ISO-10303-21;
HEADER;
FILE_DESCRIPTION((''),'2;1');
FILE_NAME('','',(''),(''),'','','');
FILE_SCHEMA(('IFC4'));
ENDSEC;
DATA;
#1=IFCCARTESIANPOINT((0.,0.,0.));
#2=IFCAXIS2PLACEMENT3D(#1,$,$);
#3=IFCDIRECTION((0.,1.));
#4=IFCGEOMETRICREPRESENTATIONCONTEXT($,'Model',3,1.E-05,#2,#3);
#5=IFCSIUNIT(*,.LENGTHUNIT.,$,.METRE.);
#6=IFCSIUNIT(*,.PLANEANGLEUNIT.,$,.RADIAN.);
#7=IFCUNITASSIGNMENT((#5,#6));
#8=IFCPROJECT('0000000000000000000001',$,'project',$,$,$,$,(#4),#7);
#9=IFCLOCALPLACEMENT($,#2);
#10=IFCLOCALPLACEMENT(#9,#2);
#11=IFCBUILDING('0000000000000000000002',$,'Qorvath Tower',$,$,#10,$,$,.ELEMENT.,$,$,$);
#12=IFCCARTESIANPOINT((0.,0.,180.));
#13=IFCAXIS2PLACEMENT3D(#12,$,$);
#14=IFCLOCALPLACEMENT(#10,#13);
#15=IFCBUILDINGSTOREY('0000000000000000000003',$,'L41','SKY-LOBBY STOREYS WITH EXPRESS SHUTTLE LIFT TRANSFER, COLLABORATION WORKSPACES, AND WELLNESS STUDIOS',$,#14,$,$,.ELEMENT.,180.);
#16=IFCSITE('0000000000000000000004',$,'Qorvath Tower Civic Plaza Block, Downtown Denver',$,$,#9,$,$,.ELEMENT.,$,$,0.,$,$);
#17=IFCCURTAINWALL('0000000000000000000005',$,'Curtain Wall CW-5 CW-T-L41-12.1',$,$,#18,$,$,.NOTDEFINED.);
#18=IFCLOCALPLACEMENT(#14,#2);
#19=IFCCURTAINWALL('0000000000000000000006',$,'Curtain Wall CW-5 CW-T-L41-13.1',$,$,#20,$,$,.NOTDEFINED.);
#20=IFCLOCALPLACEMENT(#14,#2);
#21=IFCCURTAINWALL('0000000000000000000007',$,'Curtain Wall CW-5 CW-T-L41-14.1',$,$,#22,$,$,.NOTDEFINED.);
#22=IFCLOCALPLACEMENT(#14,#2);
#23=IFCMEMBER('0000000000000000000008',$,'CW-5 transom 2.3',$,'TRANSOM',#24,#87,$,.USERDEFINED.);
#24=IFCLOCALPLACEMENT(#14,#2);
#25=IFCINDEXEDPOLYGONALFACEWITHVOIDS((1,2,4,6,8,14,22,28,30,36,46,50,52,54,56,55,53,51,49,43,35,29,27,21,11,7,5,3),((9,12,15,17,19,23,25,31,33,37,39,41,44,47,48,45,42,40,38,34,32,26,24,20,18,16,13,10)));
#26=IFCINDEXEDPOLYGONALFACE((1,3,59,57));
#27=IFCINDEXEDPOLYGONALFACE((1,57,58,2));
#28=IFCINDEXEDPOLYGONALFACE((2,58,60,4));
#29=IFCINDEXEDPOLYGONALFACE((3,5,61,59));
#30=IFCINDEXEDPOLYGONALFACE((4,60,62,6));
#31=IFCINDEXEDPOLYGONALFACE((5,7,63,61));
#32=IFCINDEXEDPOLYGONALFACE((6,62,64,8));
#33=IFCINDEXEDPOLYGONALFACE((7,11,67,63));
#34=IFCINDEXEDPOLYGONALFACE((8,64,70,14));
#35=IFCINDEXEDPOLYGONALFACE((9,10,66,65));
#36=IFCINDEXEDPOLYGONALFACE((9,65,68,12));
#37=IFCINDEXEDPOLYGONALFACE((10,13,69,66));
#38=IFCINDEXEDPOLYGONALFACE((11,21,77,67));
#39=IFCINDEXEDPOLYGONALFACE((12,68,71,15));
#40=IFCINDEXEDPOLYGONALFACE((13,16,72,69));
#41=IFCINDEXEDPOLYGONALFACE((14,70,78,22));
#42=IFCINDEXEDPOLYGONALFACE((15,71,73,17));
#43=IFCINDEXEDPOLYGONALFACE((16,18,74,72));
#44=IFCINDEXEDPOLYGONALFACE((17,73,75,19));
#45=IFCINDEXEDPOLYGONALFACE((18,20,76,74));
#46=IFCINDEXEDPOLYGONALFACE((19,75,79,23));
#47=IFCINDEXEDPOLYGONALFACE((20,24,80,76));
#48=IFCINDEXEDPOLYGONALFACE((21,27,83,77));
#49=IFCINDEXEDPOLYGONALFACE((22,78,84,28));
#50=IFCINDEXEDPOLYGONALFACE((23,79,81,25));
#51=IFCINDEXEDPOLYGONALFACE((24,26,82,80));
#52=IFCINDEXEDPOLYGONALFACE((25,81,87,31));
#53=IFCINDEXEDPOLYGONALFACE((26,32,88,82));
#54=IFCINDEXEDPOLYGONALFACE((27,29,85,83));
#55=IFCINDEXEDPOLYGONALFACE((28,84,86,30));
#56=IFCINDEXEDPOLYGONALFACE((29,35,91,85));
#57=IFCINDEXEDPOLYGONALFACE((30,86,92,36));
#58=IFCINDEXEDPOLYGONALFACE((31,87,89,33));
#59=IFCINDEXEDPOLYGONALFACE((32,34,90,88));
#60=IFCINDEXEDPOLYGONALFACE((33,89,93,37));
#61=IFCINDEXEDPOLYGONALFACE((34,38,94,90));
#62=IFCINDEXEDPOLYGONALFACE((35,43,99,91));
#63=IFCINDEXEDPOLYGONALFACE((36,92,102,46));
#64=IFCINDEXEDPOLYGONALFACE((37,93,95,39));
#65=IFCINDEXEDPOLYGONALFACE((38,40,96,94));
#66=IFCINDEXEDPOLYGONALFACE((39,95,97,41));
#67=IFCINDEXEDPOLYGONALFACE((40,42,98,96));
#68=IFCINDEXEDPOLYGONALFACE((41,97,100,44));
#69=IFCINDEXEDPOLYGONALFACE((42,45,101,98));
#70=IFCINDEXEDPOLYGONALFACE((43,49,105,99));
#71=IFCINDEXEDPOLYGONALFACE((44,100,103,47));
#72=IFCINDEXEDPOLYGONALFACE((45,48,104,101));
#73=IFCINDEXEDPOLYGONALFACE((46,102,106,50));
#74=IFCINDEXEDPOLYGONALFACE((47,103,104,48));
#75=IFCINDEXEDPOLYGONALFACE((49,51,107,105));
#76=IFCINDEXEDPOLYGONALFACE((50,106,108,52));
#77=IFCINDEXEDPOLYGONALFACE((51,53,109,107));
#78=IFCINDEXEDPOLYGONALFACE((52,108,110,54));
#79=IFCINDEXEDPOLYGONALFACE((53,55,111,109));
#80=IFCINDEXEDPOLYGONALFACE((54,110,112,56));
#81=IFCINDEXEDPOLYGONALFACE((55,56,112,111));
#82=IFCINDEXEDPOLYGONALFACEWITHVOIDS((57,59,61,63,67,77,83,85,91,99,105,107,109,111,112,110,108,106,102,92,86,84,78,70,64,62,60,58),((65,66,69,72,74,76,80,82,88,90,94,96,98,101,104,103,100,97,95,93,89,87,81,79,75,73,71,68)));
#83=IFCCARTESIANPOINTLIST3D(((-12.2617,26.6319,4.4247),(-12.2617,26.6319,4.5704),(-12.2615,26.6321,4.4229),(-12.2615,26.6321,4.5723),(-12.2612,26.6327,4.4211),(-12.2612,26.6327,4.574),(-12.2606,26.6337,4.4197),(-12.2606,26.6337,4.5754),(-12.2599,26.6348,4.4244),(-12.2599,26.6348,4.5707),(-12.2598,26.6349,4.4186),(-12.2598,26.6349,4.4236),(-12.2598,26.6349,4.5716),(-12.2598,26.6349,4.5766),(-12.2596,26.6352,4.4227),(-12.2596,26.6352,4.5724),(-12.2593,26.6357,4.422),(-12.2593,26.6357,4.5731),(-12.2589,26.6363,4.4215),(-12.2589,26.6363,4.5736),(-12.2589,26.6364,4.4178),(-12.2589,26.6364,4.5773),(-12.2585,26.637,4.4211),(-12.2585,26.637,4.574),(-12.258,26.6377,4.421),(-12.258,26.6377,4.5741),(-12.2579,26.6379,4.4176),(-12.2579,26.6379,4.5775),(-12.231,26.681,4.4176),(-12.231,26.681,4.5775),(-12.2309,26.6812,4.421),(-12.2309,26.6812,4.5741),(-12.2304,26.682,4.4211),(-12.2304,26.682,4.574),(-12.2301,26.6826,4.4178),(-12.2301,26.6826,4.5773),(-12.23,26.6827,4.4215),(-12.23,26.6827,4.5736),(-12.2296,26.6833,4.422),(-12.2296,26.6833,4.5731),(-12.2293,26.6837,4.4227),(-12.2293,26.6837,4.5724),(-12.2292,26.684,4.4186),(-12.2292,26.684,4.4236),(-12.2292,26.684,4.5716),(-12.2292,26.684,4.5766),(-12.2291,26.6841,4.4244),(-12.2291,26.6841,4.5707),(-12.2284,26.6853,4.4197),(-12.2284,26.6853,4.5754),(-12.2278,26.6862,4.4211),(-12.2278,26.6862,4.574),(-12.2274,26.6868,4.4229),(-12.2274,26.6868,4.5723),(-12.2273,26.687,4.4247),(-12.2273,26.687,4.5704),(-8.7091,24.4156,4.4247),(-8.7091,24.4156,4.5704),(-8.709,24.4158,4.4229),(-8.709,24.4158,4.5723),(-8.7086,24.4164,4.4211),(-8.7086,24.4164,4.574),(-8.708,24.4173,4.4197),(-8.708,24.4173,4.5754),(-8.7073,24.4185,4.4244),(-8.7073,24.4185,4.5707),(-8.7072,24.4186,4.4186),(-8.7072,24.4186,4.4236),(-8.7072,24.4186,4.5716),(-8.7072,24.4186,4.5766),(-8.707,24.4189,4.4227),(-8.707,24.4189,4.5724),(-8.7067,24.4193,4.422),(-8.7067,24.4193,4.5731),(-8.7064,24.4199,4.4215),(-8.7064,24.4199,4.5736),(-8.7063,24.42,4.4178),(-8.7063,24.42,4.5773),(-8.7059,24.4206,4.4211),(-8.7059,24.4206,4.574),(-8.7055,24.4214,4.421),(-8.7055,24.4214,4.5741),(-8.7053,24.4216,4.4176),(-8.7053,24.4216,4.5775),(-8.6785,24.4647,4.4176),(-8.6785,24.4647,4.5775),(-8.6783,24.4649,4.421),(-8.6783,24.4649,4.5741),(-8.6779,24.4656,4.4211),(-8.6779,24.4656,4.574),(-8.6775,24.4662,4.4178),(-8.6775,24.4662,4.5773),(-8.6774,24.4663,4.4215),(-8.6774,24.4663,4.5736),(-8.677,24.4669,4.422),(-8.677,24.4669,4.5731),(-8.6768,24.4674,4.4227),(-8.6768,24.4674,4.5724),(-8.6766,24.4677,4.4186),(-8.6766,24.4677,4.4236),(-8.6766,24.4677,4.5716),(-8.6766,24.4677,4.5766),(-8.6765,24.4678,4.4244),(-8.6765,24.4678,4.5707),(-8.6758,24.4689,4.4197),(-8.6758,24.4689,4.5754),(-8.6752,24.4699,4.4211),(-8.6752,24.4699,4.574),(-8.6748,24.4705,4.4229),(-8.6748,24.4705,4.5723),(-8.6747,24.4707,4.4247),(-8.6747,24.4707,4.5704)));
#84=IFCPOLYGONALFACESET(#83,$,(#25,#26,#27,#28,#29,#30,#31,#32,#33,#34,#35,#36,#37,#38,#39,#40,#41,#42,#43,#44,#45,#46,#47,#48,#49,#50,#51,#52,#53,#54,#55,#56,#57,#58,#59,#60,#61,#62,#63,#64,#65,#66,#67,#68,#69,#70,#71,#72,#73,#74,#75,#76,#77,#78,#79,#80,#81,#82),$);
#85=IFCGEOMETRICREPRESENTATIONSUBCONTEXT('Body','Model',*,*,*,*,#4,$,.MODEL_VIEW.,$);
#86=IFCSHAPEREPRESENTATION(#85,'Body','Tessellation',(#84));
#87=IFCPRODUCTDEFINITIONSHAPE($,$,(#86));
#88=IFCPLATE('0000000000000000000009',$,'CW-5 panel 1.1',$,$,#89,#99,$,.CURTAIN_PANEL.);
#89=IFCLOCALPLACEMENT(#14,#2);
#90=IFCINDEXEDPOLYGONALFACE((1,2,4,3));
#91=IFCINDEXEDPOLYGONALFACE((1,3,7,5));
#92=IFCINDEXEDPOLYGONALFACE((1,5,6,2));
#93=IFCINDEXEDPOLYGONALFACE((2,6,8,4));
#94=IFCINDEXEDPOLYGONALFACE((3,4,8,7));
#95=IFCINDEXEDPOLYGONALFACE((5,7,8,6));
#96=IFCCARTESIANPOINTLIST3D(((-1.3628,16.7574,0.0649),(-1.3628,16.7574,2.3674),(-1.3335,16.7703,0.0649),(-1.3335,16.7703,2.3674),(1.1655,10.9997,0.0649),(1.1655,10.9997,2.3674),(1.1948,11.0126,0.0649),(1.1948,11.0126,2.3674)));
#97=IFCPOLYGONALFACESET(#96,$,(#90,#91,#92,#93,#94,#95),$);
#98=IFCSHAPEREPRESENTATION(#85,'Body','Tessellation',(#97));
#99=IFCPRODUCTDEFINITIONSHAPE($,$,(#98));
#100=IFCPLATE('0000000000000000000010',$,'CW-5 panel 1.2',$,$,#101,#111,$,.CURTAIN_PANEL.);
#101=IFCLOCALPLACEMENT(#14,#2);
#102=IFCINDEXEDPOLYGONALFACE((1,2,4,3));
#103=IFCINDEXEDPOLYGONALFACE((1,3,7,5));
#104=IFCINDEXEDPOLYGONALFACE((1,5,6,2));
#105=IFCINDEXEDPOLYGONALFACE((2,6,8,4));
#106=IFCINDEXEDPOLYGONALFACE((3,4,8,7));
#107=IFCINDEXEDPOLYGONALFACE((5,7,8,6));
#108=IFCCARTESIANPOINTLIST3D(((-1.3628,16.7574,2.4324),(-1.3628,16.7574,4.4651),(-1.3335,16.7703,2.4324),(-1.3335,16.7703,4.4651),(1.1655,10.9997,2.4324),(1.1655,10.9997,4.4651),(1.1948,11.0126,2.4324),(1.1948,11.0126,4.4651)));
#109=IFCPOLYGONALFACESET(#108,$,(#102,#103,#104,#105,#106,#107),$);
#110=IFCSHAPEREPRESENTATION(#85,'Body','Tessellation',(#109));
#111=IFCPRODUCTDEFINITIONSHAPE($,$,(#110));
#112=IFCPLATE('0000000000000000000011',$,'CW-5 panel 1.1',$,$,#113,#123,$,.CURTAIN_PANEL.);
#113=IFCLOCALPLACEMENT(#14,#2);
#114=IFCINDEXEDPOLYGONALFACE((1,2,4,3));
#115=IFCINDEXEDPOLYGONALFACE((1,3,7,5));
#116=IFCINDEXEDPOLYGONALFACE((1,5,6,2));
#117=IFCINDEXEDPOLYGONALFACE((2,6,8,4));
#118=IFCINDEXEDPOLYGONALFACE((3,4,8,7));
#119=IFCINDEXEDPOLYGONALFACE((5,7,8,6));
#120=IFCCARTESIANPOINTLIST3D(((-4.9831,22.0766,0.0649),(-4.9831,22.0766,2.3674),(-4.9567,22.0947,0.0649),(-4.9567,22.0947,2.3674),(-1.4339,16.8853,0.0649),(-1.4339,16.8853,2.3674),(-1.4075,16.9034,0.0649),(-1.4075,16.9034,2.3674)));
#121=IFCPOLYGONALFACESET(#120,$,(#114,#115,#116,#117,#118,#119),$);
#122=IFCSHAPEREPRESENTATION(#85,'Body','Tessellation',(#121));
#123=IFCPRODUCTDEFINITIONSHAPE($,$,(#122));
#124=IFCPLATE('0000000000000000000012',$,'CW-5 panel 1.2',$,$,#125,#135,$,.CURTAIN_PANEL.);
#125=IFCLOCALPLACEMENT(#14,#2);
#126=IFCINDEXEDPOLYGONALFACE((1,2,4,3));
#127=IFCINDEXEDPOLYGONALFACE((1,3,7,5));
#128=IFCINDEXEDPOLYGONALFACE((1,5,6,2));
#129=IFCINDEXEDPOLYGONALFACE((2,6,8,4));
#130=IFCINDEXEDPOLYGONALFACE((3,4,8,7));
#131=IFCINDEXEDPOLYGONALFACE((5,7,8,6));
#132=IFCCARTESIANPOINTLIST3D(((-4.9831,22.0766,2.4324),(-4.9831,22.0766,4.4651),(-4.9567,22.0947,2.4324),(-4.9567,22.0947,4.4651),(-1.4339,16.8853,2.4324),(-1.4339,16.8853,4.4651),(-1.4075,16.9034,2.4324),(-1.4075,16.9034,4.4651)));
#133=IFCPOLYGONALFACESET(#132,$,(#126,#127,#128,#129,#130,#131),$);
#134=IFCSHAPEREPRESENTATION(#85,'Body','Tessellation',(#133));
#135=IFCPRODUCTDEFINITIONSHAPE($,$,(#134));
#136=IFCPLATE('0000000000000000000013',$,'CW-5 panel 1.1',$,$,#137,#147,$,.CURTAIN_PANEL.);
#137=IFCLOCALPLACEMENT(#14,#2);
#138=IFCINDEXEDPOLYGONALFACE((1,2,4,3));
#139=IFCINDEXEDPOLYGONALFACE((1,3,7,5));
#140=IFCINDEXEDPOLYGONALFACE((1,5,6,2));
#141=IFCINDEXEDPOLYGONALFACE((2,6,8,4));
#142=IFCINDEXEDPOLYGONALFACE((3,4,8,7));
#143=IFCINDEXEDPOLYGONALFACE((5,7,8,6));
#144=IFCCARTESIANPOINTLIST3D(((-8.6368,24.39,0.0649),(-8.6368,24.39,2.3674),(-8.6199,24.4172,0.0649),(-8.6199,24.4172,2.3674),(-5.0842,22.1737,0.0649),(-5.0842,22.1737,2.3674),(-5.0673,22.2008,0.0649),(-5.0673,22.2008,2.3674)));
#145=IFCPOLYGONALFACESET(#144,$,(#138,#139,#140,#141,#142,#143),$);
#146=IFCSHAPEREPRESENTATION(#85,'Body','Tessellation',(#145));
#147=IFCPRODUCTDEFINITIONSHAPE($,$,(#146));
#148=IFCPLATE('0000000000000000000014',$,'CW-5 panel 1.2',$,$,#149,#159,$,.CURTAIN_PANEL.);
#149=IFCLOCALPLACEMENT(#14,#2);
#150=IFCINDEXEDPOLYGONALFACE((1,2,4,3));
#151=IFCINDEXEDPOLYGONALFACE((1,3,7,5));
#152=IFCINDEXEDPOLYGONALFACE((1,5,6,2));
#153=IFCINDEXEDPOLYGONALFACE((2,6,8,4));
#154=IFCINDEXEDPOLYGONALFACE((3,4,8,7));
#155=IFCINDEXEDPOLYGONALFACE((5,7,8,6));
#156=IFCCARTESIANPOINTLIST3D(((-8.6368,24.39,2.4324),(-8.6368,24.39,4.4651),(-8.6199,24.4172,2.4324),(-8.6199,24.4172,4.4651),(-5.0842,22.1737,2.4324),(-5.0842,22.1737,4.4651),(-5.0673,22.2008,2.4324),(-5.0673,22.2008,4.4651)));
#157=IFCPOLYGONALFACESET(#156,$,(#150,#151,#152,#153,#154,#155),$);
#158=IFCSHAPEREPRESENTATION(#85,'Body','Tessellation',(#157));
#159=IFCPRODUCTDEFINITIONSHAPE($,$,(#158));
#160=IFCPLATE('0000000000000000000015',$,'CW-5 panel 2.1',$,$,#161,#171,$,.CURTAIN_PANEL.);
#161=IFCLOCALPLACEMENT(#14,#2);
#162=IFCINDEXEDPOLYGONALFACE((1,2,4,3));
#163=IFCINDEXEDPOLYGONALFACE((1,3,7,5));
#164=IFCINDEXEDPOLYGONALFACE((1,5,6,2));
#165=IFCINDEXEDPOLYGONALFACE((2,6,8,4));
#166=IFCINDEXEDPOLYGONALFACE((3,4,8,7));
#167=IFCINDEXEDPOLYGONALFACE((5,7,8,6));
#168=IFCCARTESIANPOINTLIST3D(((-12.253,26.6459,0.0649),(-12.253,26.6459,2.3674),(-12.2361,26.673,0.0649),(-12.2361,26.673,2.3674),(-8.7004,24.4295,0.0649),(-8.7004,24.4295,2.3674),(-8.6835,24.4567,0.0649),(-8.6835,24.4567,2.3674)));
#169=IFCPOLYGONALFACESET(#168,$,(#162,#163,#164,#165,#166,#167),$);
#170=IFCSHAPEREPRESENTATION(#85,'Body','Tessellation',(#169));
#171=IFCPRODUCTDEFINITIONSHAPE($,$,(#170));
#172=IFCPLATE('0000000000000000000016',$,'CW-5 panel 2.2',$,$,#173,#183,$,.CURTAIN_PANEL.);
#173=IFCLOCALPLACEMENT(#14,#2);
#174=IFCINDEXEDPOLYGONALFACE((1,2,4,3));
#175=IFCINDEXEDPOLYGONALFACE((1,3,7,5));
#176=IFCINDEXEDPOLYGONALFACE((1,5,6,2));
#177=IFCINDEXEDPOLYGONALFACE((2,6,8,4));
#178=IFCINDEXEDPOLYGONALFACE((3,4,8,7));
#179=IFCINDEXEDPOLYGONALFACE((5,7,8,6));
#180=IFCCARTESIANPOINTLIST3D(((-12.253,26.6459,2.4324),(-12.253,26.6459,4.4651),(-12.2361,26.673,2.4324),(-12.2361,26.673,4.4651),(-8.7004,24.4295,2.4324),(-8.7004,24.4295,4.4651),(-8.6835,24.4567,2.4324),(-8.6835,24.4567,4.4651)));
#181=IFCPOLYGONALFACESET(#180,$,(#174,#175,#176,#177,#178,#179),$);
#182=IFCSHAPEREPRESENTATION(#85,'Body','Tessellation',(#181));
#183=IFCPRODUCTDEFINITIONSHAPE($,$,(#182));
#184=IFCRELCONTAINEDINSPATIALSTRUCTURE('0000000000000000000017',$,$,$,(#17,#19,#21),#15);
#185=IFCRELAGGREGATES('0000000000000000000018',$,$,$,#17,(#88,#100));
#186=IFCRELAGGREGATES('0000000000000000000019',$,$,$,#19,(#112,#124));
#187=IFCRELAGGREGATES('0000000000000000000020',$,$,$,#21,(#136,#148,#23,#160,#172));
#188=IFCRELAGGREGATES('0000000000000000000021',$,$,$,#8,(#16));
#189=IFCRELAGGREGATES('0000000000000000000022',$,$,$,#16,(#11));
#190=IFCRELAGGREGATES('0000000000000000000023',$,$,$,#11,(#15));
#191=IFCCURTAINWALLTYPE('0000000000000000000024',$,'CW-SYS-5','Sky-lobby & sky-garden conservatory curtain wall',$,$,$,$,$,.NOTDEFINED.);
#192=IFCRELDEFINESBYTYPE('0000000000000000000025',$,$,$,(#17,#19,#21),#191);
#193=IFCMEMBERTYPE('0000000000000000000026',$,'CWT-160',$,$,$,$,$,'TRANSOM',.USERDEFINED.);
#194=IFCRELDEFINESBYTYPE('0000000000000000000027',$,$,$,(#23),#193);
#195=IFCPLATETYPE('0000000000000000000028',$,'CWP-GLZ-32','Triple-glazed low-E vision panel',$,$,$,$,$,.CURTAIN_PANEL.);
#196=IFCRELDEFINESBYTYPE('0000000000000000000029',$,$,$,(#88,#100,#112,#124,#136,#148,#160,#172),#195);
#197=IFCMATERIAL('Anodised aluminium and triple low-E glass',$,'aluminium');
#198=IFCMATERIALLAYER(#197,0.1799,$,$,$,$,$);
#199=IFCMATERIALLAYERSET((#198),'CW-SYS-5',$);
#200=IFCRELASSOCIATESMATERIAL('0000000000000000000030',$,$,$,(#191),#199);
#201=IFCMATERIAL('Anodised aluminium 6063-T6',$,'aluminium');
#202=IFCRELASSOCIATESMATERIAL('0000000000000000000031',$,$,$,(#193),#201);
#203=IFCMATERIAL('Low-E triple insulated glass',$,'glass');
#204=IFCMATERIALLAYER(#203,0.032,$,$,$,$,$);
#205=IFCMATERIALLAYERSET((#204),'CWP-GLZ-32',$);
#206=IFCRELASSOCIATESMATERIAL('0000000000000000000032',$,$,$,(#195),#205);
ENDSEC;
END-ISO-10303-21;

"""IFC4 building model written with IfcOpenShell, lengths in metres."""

from ifc_helpers import new_model, si_unit, direction, frame, origin, origin_2d, place, context, subcontext, project, spatial, rectangle, hollow_rectangle, extrude, material, layer, layer_set, material_profile, profile_set, type_object, element, aggregate, save


model = new_model("IFC4")

# Units and contexts
model_context = context("Model", 3, precision=1e-05, world=origin(), true_north=direction((0.0, 1.0)))
body_context = subcontext(model_context, "Body", "Model", "MODEL_VIEW")
ifc_project = project(units=[si_unit("LENGTHUNIT", "METRE"), si_unit("PLANEANGLEUNIT", "RADIAN")], contexts=[model_context])

# Site, building, storey
site_placement = place(None, origin())
site = spatial("IfcSite", under=ifc_project, at=site_placement, Name="Qorvath Tower Civic Plaza Block, Downtown Denver", CompositionType="ELEMENT", RefElevation=0.0)
building_placement = place(site_placement, origin())
building = spatial("IfcBuilding", under=site, at=building_placement, Name="Qorvath Tower", CompositionType="ELEMENT")
storey_placement = place(building_placement, frame((0.0, 0.0, 180.0)))
storey = spatial("IfcBuildingStorey", under=building, at=storey_placement, Name="L41", Description="SKY-LOBBY STOREYS WITH EXPRESS SHUTTLE LIFT TRANSFER, COLLABORATION WORKSPACES, AND WELLNESS STUDIOS", CompositionType="ELEMENT", Elevation=180.0)

# Shared definitions
ifc_material_1 = material(Name="Anodised aluminium and triple low-E glass", Category="aluminium")
ifc_layer_1 = layer(ifc_material_1, 0.1799)
ifc_layer_set_1 = layer_set([ifc_layer_1], Name="CW-SYS-5")
curtain_wall_type = type_object("IfcCurtainWallType", Name="CW-SYS-5", Description="Sky-lobby & sky-garden conservatory curtain wall", PredefinedType="NOTDEFINED", material=ifc_layer_set_1)

# Curtain walls
curtain_wall_1_placement = place(storey_placement, origin())
curtain_wall_1 = element("IfcCurtainWall", 1, at=curtain_wall_1_placement, inside=storey, type_object=curtain_wall_type, Name="Curtain Wall CW-5 CW-T-L41-12.1", PredefinedType="NOTDEFINED")
curtain_wall_2_placement = place(storey_placement, origin())
curtain_wall_2 = element("IfcCurtainWall", 2, at=curtain_wall_2_placement, inside=storey, type_object=curtain_wall_type, Name="Curtain Wall CW-5 CW-T-L41-13.1", PredefinedType="NOTDEFINED")
curtain_wall_3_placement = place(storey_placement, origin())
curtain_wall_3 = element("IfcCurtainWall", 3, at=curtain_wall_3_placement, inside=storey, type_object=curtain_wall_type, Name="Curtain Wall CW-5 CW-T-L41-14.1", PredefinedType="NOTDEFINED")

# Member
ifc_material_2 = material(Name="Anodised aluminium 6063-T6", Category="aluminium")
ifc_material_profile_1 = material_profile(ifc_material_2, hollow_rectangle(XDim=0.0649, YDim=0.1599, WallThickness=0.0034, InnerFilletRadius=0.0034, OuterFilletRadius=0.0071, at=origin_2d()), Name="CWT 160x65")
ifc_profile_set_1 = profile_set([ifc_material_profile_1], Name="Anodised aluminium 6063-T6")
member_type_1 = type_object("IfcMemberType", Name="CWT-160", ElementType="TRANSOM", PredefinedType="USERDEFINED", material=ifc_profile_set_1)
member_1_placement = place(storey_placement, frame((-8.6919, 24.4431, 4.4976), z_axis=(-0.848427, 0.529312, 0.0), x_axis=(-0.529312, -0.848427, 0.0)))
member_1 = element("IfcMember", 4, at=member_1_placement, type_object=member_type_1, Name="CW-5 transom 2.3", ObjectType="TRANSOM", PredefinedType="USERDEFINED", context=body_context, shape_type="SweptSolid", body=[
    extrude(hollow_rectangle(XDim=0.0649, YDim=0.1599, WallThickness=0.0034, InnerFilletRadius=0.0034, OuterFilletRadius=0.0071, at=origin_2d()), origin(), (0.0, 0.0, 1.0), 4.1873),
])

# Plates
ifc_material_3 = material(Name="Low-E triple insulated glass", Category="glass")
ifc_layer_2 = layer(ifc_material_3, 0.032)
ifc_layer_set_2 = layer_set([ifc_layer_2], Name="CWP-GLZ-32")
plate_type = type_object("IfcPlateType", Name="CWP-GLZ-32", Description="Triple-glazed low-E vision panel", PredefinedType="CURTAIN_PANEL", material=ifc_layer_set_2)
plate_1_placement = place(storey_placement, frame((-0.084, 13.885, 0.0649), z_axis=(0.0, 0.0, 1.0), x_axis=(-0.402062, 0.915613, 0.0)))
plate_1 = element("IfcPlate", 5, at=plate_1_placement, type_object=plate_type, Name="CW-5 panel 1.1", PredefinedType="CURTAIN_PANEL", context=body_context, shape_type="SweptSolid", body=[
    extrude(rectangle(XDim=6.2883, YDim=0.032, at=origin_2d()), origin(), (0.0, 0.0, 1.0), 2.3025),
])
plate_2_placement = place(storey_placement, frame((-0.084, 13.885, 2.4324), z_axis=(0.0, 0.0, 1.0), x_axis=(-0.402062, 0.915613, 0.0)))
plate_2 = element("IfcPlate", 6, at=plate_2_placement, type_object=plate_type, Name="CW-5 panel 1.2", PredefinedType="CURTAIN_PANEL", context=body_context, shape_type="SweptSolid", body=[
    extrude(rectangle(XDim=6.2883, YDim=0.032, at=origin_2d()), origin(), (0.0, 0.0, 1.0), 2.0327),
])
aggregate(curtain_wall_1, [plate_1, plate_2])
plate_3_placement = place(storey_placement, frame((-3.1953, 19.49, 0.0649), z_axis=(0.0, 0.0, 1.0), x_axis=(-0.56439, 0.825508, 0.0)))
plate_3 = element("IfcPlate", 7, at=plate_3_placement, type_object=plate_type, Name="CW-5 panel 1.1", PredefinedType="CURTAIN_PANEL", context=body_context, shape_type="SweptSolid", body=[
    extrude(rectangle(XDim=6.2886, YDim=0.032, at=origin_2d()), origin(), (0.0, 0.0, 1.0), 2.3025),
])
plate_4_placement = place(storey_placement, frame((-3.1953, 19.49, 2.4324), z_axis=(0.0, 0.0, 1.0), x_axis=(-0.56439, 0.825508, 0.0)))
plate_4 = element("IfcPlate", 8, at=plate_4_placement, type_object=plate_type, Name="CW-5 panel 1.2", PredefinedType="CURTAIN_PANEL", context=body_context, shape_type="SweptSolid", body=[
    extrude(rectangle(XDim=6.2886, YDim=0.032, at=origin_2d()), origin(), (0.0, 0.0, 1.0), 2.0327),
])
aggregate(curtain_wall_2, [plate_3, plate_4])
plate_5_placement = place(storey_placement, frame((-6.8521, 23.2954, 0.0649), z_axis=(0.0, 0.0, 1.0), x_axis=(-0.848429, 0.52931, 0.0)))
plate_5 = element("IfcPlate", 9, at=plate_5_placement, type_object=plate_type, Name="CW-5 panel 1.1", PredefinedType="CURTAIN_PANEL", context=body_context, shape_type="SweptSolid", body=[
    extrude(rectangle(XDim=4.1873, YDim=0.032, at=origin_2d()), origin(), (0.0, 0.0, 1.0), 2.3025),
])
plate_6_placement = place(storey_placement, frame((-6.8521, 23.2954, 2.4324), z_axis=(0.0, 0.0, 1.0), x_axis=(-0.848429, 0.52931, 0.0)))
plate_6 = element("IfcPlate", 10, at=plate_6_placement, type_object=plate_type, Name="CW-5 panel 1.2", PredefinedType="CURTAIN_PANEL", context=body_context, shape_type="SweptSolid", body=[
    extrude(rectangle(XDim=4.1873, YDim=0.032, at=origin_2d()), origin(), (0.0, 0.0, 1.0), 2.0327),
])
plate_7_placement = place(storey_placement, frame((-10.4683, 25.5513, 0.0649), z_axis=(0.0, 0.0, 1.0), x_axis=(-0.848429, 0.52931, 0.0)))
plate_7 = element("IfcPlate", 11, at=plate_7_placement, type_object=plate_type, Name="CW-5 panel 2.1", PredefinedType="CURTAIN_PANEL", context=body_context, shape_type="SweptSolid", body=[
    extrude(rectangle(XDim=4.1873, YDim=0.032, at=origin_2d()), origin(), (0.0, 0.0, 1.0), 2.3025),
])
plate_8_placement = place(storey_placement, frame((-10.4683, 25.5513, 2.4324), z_axis=(0.0, 0.0, 1.0), x_axis=(-0.848429, 0.52931, 0.0)))
plate_8 = element("IfcPlate", 12, at=plate_8_placement, type_object=plate_type, Name="CW-5 panel 2.2", PredefinedType="CURTAIN_PANEL", context=body_context, shape_type="SweptSolid", body=[
    extrude(rectangle(XDim=4.1873, YDim=0.032, at=origin_2d()), origin(), (0.0, 0.0, 1.0), 2.0327),
])
aggregate(curtain_wall_3, [plate_5, plate_6, member_1, plate_7, plate_8])

save(model, "model.ifc")
